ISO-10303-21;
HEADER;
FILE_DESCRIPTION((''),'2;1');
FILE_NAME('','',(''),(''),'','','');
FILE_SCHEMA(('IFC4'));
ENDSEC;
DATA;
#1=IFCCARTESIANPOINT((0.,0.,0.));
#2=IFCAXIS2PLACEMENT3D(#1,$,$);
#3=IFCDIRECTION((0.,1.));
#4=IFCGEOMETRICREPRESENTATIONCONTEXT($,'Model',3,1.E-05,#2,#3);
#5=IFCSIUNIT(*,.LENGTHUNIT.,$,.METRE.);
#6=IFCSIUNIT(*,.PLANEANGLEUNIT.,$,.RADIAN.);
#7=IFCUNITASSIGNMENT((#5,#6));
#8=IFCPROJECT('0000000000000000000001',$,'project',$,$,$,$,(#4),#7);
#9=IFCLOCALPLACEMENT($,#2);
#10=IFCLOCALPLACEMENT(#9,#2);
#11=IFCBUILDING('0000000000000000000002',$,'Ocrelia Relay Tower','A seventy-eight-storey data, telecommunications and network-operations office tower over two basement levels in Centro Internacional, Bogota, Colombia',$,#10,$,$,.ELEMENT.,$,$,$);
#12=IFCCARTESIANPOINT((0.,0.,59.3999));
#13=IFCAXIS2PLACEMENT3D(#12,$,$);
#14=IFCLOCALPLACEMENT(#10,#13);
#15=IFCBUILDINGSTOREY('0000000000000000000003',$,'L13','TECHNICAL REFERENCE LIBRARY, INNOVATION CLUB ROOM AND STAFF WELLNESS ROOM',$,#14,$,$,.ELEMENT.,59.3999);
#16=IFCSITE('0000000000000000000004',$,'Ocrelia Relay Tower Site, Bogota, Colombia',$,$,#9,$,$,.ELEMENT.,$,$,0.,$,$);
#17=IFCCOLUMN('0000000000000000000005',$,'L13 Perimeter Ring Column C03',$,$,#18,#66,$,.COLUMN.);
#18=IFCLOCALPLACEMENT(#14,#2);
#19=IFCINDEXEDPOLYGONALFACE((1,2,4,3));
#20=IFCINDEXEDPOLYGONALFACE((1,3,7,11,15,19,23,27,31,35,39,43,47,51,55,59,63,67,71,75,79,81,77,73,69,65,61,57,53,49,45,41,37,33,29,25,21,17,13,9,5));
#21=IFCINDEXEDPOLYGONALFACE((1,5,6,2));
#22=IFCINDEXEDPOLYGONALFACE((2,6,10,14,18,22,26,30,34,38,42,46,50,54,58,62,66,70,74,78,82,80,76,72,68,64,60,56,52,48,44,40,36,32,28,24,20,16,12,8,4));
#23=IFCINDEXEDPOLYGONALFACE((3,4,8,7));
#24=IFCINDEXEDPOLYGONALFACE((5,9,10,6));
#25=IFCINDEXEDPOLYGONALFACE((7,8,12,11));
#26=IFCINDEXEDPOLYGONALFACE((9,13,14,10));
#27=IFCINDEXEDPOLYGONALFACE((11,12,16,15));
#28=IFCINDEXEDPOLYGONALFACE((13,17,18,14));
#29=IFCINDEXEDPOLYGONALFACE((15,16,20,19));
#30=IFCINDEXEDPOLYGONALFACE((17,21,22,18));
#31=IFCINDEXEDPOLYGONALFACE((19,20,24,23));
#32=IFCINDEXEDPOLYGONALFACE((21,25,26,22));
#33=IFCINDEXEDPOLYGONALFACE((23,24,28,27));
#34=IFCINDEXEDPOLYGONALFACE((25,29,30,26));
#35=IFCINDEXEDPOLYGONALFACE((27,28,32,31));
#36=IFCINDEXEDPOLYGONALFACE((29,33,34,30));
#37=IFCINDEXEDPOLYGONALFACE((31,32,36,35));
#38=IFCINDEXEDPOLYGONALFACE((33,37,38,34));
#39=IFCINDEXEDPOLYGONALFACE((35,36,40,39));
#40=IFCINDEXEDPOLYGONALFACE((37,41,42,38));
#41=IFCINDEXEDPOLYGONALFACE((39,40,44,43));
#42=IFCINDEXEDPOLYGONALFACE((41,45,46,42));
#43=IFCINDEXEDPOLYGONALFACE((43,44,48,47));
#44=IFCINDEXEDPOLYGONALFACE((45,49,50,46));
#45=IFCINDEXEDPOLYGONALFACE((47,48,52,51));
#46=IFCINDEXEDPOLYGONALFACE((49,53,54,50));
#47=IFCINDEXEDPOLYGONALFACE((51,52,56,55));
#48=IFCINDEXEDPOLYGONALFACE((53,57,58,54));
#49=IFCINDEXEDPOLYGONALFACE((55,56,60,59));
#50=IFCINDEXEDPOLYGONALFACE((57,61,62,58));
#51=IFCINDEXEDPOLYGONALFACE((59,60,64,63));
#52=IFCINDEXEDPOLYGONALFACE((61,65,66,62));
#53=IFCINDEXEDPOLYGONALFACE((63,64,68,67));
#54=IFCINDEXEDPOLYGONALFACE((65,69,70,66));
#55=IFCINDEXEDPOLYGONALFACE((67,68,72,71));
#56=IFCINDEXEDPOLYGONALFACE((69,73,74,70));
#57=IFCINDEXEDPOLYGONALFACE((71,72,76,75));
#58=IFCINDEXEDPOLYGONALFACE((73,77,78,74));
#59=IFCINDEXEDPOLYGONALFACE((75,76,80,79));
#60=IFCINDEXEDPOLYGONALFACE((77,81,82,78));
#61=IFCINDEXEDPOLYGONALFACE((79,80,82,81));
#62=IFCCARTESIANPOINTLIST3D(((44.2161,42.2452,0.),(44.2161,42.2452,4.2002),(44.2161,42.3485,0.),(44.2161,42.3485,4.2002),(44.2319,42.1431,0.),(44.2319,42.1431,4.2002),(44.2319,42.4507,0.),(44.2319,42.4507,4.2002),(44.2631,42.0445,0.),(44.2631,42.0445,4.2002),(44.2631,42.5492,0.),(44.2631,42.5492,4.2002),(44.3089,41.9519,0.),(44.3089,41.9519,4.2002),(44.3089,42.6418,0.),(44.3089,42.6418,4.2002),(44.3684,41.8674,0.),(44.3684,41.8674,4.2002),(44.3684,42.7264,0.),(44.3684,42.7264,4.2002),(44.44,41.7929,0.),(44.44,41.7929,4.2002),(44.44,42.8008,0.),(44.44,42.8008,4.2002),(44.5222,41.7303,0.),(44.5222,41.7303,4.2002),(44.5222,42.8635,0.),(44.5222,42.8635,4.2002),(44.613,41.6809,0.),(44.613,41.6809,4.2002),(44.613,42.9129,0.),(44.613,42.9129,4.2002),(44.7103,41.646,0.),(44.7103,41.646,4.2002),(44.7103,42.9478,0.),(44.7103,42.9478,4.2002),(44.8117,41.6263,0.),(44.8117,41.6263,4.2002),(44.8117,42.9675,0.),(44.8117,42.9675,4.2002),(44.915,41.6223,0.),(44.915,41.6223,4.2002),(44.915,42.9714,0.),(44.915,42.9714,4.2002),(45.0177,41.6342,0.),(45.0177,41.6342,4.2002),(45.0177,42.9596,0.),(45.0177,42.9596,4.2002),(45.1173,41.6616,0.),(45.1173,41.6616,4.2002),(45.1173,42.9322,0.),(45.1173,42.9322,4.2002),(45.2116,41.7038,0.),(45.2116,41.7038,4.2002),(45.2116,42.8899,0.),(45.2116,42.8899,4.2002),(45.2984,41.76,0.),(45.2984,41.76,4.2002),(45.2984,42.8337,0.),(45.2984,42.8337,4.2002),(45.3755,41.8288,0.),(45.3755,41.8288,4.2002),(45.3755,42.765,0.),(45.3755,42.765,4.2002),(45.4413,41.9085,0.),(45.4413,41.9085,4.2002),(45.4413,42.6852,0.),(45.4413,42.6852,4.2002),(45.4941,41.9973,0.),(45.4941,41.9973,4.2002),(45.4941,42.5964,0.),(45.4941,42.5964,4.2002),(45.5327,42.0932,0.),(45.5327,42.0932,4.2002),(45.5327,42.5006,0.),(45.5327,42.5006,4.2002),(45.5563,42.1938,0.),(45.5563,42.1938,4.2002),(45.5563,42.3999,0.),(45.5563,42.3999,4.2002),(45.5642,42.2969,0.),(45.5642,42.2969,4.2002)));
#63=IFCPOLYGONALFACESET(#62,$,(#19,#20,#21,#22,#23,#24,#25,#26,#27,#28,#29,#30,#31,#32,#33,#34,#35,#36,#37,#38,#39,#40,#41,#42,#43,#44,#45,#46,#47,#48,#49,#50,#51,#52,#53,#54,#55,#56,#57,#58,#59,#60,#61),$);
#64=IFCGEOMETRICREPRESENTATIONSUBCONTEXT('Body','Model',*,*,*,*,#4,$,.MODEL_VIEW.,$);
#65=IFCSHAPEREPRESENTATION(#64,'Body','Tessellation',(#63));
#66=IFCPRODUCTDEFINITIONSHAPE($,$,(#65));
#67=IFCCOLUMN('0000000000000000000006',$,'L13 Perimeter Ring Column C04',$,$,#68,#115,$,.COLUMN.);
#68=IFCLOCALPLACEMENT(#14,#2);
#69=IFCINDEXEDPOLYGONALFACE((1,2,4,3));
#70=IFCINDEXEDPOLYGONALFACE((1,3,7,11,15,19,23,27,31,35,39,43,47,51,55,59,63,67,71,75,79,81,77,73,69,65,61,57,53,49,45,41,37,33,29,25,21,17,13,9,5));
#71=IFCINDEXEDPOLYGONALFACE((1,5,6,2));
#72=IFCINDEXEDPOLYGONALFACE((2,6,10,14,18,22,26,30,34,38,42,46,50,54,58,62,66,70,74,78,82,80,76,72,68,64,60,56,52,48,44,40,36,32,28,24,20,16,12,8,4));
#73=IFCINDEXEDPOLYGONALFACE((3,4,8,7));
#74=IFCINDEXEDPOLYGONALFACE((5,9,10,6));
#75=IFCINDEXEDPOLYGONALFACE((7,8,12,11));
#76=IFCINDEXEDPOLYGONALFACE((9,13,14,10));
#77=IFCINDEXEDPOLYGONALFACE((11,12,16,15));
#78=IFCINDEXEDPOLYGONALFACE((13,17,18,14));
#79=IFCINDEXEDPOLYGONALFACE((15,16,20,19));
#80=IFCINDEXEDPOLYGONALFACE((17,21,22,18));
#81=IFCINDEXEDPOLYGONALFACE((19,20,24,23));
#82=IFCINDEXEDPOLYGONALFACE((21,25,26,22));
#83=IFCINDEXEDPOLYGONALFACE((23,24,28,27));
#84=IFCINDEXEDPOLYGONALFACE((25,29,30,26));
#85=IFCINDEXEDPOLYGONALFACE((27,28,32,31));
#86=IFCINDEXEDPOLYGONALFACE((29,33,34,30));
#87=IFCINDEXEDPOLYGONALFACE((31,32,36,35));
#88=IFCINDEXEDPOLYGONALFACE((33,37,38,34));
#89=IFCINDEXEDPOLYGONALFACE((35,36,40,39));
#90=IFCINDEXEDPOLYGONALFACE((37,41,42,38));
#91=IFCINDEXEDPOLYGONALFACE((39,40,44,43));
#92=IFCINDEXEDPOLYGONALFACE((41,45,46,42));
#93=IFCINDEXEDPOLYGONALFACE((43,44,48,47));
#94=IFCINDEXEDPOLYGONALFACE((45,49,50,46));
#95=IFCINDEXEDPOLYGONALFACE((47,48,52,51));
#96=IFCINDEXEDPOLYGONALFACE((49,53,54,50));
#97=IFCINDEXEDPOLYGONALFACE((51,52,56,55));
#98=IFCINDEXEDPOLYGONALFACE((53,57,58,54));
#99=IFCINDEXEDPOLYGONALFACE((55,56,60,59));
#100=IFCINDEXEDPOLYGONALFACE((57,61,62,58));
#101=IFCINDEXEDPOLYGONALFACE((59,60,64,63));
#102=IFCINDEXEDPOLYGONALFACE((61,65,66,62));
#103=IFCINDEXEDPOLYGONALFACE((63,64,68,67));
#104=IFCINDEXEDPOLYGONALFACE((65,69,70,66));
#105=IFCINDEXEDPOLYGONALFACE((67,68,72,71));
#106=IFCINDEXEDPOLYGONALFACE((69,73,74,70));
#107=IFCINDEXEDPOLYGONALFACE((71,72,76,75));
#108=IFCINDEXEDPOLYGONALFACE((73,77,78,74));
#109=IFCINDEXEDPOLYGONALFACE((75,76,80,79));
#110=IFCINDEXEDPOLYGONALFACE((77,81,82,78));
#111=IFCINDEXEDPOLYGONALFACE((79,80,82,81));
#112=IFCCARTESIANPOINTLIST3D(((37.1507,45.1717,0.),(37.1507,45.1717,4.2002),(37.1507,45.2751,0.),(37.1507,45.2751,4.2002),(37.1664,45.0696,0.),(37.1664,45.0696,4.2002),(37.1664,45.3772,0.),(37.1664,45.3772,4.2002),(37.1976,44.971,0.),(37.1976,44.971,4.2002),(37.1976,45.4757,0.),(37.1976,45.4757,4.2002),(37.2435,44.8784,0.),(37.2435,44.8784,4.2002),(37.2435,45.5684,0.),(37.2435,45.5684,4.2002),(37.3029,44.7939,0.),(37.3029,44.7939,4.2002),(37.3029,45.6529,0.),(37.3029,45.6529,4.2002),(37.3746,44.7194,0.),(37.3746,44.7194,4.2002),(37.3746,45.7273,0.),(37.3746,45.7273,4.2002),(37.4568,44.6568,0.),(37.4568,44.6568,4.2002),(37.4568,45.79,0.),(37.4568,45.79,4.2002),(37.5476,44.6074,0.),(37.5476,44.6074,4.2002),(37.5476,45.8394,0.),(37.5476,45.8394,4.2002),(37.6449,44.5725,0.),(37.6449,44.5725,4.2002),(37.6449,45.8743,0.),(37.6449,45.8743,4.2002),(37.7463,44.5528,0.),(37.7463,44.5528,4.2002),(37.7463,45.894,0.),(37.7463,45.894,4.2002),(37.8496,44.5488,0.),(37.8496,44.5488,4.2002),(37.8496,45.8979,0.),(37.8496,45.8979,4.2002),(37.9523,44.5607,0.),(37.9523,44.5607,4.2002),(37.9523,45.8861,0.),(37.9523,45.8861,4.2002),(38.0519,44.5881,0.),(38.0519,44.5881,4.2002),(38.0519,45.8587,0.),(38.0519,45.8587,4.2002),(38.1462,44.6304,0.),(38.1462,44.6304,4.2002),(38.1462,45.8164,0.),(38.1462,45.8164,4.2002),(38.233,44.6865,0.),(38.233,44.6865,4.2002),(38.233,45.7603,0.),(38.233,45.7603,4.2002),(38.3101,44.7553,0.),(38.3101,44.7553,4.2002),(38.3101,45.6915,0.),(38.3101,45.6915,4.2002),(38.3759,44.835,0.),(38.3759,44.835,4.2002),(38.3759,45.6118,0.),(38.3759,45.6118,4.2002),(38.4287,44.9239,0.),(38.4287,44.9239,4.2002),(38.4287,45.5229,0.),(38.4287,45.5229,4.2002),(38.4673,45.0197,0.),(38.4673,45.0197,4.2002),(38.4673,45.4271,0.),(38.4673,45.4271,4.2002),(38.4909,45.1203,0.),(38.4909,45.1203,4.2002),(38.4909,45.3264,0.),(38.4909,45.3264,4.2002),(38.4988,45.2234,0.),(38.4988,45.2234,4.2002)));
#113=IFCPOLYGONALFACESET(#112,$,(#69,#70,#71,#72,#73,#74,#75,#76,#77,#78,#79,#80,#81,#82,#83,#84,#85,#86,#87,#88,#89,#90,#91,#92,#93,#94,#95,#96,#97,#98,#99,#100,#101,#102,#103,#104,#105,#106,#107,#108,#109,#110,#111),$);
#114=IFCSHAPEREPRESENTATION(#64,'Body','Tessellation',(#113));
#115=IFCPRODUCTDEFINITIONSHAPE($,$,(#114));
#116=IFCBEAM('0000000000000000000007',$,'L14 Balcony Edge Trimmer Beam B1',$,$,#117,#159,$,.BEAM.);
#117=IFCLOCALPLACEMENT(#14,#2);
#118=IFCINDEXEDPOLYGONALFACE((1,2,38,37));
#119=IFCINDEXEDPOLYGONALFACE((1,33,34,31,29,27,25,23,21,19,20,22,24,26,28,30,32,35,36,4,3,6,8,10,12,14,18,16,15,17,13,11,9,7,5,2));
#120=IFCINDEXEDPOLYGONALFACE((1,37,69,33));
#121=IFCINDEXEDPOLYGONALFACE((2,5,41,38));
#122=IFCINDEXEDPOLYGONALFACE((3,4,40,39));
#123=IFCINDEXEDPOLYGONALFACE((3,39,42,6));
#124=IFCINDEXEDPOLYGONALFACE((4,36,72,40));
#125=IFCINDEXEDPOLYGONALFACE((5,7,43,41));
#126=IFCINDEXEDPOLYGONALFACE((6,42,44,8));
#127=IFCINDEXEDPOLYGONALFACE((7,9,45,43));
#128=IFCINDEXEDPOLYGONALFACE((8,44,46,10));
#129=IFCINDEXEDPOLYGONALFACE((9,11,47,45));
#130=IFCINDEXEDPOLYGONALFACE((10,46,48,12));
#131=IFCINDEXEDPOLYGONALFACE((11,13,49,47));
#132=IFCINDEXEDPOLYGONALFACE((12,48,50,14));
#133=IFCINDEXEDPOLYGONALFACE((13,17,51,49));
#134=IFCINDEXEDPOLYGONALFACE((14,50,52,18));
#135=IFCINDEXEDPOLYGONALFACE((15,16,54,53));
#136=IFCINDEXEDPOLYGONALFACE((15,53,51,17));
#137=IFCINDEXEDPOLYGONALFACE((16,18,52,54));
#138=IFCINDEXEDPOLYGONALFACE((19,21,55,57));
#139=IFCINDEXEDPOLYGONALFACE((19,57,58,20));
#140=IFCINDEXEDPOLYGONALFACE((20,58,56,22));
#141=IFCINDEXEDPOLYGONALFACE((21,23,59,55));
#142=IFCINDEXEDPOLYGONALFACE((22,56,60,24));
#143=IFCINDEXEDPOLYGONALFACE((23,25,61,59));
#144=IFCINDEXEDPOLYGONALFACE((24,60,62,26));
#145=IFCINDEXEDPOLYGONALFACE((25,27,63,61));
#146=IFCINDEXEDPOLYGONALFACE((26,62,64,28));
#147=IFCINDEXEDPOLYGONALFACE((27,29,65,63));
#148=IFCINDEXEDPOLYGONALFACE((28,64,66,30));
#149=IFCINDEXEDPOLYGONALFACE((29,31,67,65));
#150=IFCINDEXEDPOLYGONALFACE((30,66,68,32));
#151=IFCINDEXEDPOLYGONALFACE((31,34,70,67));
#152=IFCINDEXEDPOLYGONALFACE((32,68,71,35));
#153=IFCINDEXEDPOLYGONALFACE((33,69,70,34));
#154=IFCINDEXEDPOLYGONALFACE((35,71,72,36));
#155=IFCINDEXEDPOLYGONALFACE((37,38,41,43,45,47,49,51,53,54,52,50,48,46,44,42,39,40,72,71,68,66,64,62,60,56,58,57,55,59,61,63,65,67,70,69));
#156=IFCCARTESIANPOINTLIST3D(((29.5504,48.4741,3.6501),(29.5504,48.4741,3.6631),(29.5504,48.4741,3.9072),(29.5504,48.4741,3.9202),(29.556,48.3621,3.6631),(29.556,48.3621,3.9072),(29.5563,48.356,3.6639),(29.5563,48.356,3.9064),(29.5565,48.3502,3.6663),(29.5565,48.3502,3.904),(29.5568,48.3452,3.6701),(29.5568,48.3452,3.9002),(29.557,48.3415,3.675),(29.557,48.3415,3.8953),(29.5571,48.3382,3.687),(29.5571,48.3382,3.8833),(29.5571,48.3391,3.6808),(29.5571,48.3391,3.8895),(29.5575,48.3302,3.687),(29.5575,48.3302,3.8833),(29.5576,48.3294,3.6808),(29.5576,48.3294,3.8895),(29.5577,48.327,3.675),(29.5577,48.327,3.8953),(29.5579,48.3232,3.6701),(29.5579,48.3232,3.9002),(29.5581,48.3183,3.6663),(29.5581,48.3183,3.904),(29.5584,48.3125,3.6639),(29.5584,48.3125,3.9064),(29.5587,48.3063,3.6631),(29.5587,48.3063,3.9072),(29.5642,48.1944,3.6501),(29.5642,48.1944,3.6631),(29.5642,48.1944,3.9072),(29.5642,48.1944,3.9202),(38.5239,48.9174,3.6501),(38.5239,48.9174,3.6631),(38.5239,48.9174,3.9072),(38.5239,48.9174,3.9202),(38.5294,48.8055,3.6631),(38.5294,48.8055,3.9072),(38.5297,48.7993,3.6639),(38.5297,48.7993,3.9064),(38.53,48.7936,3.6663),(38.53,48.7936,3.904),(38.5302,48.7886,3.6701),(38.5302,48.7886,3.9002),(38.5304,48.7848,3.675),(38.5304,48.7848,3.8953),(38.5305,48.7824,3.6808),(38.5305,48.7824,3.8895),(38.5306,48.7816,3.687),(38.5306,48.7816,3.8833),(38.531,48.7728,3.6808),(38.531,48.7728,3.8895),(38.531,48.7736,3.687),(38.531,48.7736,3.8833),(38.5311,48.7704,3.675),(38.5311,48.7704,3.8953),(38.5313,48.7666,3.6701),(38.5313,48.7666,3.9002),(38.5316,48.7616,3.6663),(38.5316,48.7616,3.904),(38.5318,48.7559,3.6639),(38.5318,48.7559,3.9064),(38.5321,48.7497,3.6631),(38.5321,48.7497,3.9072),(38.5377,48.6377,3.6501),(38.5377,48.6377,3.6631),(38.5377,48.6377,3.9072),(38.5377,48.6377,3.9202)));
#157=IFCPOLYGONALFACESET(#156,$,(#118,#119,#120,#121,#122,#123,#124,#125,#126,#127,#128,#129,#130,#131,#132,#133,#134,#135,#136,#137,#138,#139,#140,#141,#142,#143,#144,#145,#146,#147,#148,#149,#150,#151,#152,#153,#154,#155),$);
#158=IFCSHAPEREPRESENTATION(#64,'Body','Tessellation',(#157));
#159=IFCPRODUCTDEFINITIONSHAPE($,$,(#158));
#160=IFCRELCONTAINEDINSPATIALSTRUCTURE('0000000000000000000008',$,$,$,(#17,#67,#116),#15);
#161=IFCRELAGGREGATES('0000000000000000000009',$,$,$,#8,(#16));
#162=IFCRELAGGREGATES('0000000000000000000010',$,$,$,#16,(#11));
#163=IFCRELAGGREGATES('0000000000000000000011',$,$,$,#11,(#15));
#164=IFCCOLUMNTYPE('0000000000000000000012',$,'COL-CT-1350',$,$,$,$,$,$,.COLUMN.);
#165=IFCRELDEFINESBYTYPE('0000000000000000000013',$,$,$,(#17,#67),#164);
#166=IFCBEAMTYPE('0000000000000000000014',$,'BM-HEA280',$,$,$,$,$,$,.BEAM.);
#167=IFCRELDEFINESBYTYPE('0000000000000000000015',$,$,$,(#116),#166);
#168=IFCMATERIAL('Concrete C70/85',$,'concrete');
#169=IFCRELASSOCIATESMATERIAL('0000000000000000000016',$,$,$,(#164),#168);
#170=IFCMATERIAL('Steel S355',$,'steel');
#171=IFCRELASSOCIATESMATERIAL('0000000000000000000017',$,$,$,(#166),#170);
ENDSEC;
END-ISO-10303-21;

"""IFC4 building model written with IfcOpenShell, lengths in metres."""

from ifc_helpers import new_model, si_unit, direction, frame, origin, origin_2d, place, context, subcontext, project, spatial, circle, i_section, extrude, material, material_profile, profile_set, type_object, element, save


model = new_model("IFC4")

# Units and contexts
model_context = context("Model", 3, precision=1e-05, world=origin(), true_north=direction((0.0, 1.0)))
body_context = subcontext(model_context, "Body", "Model", "MODEL_VIEW")
ifc_project = project(units=[si_unit("LENGTHUNIT", "METRE"), si_unit("PLANEANGLEUNIT", "RADIAN")], contexts=[model_context])

# Site, building, storey
site_placement = place(None, origin())
site = spatial("IfcSite", under=ifc_project, at=site_placement, Name="Ocrelia Relay Tower Site, Bogota, Colombia", CompositionType="ELEMENT", RefElevation=0.0)
building_placement = place(site_placement, origin())
building = spatial("IfcBuilding", under=site, at=building_placement, Name="Ocrelia Relay Tower", Description="A seventy-eight-storey data, telecommunications and network-operations office tower over two basement levels in Centro Internacional, Bogota, Colombia", CompositionType="ELEMENT")
storey_placement = place(building_placement, frame((0.0, 0.0, 59.3999)))
storey = spatial("IfcBuildingStorey", under=building, at=storey_placement, Name="L13", Description="TECHNICAL REFERENCE LIBRARY, INNOVATION CLUB ROOM AND STAFF WELLNESS ROOM", CompositionType="ELEMENT", Elevation=59.3999)

# Columns
ifc_material_1 = material(Name="Concrete C70/85", Category="concrete")
ifc_material_profile_1 = material_profile(ifc_material_1, circle(Radius=0.675, at=origin_2d()), Name="RC-CIR-1350")
ifc_profile_set_1 = profile_set([ifc_material_profile_1], Name="Concrete C70/85")
column_type = type_object("IfcColumnType", Name="COL-CT-1350", PredefinedType="COLUMN", material=ifc_profile_set_1)
for number, where, z_axis, x_axis, name in (
    (1, (44.8892, 42.2969, 0.0), (0.0, 0.0, 1.0), (1.0, 0.0, 0.0), "L13 Perimeter Ring Column C03"),
    (2, (37.8237, 45.2234, 0.0), (0.0, 0.0, 1.0), (1.0, 0.0, 0.0), "L13 Perimeter Ring Column C04"),
):
    element("IfcColumn", number, at=place(storey_placement, frame(where, z_axis=z_axis, x_axis=x_axis)), inside=storey, type_object=column_type, Name=name, PredefinedType="COLUMN", context=body_context, shape_type="SweptSolid", body=[
        extrude(circle(Radius=0.675, at=origin_2d()), origin(), (0.0, 0.0, 1.0), 4.2002),
    ])

# Beam
ifc_material_2 = material(Name="Steel S355", Category="steel")
ifc_material_profile_2 = material_profile(ifc_material_2, i_section(OverallWidth=0.28, OverallDepth=0.27, WebThickness=0.0081, FlangeThickness=0.0129, FilletRadius=0.0239, at=origin_2d()), Name="HEA 280")
ifc_profile_set_2 = profile_set([ifc_material_profile_2], Name="Steel S355")
beam_type_1 = type_object("IfcBeamType", Name="BM-HEA280", PredefinedType="BEAM", material=ifc_profile_set_2)
beam_1_placement = place(storey_placement, frame((38.5308, 48.7776, 3.7852), z_axis=(-0.998782, -0.049348, 0.0), x_axis=(0.049348, -0.998782, 0.0)))
element("IfcBeam", 3, at=beam_1_placement, inside=storey, type_object=beam_type_1, Name="L14 Balcony Edge Trimmer Beam B1", PredefinedType="BEAM", context=body_context, shape_type="SweptSolid", body=[
    extrude(i_section(OverallWidth=0.28, OverallDepth=0.27, WebThickness=0.0081, FlangeThickness=0.0129, FilletRadius=0.0239, at=origin_2d()), origin(), (0.0, 0.0, 1.0), 8.9844),
])

save(model, "model.ifc")
